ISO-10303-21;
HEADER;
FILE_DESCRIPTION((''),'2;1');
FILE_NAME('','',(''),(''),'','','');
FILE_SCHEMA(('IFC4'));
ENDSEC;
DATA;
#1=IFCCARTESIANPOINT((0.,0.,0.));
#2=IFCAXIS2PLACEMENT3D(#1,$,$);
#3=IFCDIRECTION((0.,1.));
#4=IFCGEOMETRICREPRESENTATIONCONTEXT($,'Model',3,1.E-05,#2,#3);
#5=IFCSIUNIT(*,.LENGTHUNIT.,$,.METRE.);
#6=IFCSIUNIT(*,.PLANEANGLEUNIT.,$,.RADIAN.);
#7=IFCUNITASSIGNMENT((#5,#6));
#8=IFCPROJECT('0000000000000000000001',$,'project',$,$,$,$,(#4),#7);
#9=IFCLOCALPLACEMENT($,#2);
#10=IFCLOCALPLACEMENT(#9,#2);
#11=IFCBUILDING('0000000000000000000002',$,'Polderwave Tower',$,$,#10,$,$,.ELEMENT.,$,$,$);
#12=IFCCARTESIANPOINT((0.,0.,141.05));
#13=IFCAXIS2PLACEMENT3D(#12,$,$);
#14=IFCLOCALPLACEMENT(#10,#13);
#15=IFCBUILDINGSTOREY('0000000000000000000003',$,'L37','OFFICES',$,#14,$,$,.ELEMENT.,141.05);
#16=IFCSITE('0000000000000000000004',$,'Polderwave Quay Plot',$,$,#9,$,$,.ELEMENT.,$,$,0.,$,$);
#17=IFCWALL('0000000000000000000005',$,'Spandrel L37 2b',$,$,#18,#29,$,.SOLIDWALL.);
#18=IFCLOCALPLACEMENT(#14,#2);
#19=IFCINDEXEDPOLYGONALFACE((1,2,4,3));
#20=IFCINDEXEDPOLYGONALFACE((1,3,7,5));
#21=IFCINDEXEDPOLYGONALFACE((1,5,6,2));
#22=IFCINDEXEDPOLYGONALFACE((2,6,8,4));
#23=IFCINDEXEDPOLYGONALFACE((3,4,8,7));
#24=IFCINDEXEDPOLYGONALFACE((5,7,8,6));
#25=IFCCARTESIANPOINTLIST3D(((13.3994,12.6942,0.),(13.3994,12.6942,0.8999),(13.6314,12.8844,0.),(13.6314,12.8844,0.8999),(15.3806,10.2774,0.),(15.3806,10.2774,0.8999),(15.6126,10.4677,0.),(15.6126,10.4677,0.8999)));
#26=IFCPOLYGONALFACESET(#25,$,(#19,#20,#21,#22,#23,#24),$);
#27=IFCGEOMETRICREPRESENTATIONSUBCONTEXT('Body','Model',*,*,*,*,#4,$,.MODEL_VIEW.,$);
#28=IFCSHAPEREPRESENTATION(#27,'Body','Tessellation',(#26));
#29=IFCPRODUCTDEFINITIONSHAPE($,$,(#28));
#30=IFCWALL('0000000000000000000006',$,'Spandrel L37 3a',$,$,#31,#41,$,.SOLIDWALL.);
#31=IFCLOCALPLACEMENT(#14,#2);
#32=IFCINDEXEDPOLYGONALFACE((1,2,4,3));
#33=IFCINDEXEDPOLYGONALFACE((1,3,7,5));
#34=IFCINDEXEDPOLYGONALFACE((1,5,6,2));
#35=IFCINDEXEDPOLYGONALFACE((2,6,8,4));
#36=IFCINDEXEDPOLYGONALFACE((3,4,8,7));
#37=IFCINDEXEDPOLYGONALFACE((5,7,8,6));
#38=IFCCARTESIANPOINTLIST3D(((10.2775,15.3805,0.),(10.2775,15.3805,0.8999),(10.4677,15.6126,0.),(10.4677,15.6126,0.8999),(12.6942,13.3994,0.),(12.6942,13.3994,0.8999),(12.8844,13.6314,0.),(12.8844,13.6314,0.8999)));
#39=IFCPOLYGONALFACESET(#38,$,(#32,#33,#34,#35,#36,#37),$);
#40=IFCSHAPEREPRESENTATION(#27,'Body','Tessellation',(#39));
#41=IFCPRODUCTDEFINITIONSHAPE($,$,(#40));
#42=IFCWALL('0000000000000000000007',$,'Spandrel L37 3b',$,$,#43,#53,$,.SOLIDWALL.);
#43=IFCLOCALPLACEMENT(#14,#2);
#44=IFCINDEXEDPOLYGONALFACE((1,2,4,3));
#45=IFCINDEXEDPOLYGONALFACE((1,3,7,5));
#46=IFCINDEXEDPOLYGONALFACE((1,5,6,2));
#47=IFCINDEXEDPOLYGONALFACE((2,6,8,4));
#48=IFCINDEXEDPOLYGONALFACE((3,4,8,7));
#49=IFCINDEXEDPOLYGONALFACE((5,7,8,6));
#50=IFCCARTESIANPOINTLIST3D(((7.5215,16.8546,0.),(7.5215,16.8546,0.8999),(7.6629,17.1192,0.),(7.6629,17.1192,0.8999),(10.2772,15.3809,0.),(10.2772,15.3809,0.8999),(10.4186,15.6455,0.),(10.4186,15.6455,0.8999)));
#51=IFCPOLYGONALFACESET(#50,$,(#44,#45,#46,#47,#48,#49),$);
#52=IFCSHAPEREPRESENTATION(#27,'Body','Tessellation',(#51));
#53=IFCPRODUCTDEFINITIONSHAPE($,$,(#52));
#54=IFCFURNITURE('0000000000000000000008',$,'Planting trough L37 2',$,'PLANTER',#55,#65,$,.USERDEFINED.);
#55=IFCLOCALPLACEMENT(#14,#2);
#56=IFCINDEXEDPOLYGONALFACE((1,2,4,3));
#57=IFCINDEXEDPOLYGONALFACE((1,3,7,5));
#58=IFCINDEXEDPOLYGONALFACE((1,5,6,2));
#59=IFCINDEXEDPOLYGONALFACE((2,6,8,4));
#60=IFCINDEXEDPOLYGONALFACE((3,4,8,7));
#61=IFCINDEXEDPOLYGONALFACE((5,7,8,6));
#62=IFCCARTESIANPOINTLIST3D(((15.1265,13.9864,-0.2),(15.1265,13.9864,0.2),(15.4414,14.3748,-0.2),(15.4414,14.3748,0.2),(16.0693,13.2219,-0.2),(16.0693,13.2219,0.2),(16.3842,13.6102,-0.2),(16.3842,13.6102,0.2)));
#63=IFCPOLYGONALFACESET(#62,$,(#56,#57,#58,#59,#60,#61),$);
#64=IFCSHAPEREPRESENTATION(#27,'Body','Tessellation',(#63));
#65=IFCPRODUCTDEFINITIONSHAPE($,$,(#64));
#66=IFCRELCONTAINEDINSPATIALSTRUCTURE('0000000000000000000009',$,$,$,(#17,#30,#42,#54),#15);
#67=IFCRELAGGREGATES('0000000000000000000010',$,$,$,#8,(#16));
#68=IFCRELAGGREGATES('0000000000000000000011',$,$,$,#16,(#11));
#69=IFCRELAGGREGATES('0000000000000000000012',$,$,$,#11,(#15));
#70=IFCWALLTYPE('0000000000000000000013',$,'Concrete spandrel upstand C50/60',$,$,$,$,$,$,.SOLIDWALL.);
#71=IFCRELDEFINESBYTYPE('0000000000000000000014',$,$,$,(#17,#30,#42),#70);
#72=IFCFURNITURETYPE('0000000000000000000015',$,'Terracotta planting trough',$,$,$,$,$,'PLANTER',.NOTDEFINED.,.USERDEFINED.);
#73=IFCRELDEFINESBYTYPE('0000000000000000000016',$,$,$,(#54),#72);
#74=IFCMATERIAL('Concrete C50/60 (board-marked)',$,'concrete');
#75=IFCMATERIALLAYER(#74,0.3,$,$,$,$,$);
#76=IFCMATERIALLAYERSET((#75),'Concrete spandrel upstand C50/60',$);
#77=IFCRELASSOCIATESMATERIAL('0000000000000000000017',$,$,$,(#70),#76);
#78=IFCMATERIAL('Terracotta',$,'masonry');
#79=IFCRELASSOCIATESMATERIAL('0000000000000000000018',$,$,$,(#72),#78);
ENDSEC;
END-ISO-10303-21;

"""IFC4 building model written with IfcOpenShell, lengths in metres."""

from ifc_helpers import new_model, si_unit, direction, frame, frame_2d, origin, origin_2d, place, context, subcontext, project, spatial, rectangle, extrude, material, layer, layer_set, type_object, element, save


model = new_model("IFC4")

# Units and contexts
model_context = context("Model", 3, precision=1e-05, world=origin(), true_north=direction((0.0, 1.0)))
body_context = subcontext(model_context, "Body", "Model", "MODEL_VIEW")
ifc_project = project(units=[si_unit("LENGTHUNIT", "METRE"), si_unit("PLANEANGLEUNIT", "RADIAN")], contexts=[model_context])

# Site, building, storey
site_placement = place(None, origin())
site = spatial("IfcSite", under=ifc_project, at=site_placement, Name="Polderwave Quay Plot", CompositionType="ELEMENT", RefElevation=0.0)
building_placement = place(site_placement, origin())
building = spatial("IfcBuilding", under=site, at=building_placement, Name="Polderwave Tower", CompositionType="ELEMENT")
storey_placement = place(building_placement, frame((0.0, 0.0, 141.05)))
storey = spatial("IfcBuildingStorey", under=building, at=storey_placement, Name="L37", Description="OFFICES", CompositionType="ELEMENT", Elevation=141.05)

# Walls
ifc_material_1 = material(Name="Concrete C50/60 (board-marked)", Category="concrete")
ifc_layer_1 = layer(ifc_material_1, 0.3)
ifc_layer_set_1 = layer_set([ifc_layer_1], Name="Concrete spandrel upstand C50/60")
wall_type = type_object("IfcWallType", Name="Concrete spandrel upstand C50/60", PredefinedType="SOLIDWALL", material=ifc_layer_set_1)
for number, where, z_axis, x_axis, name in (
    (1, (15.4966, 10.3726, 0.0), (0.0, 0.0, 1.0), (-0.633978, 0.773351, 0.0), "Spandrel L37 2b"),
    (2, (12.7893, 13.5154, 0.0), (0.0, 0.0, 1.0), (-0.773351, 0.633978, 0.0), "Spandrel L37 3a"),
    (3, (10.3479, 15.5132, 0.0), (0.0, 0.0, 1.0), (-0.881825, 0.471577, 0.0), "Spandrel L37 3b"),
):
    element("IfcWall", number, at=place(storey_placement, frame(where, z_axis=z_axis, x_axis=x_axis)), inside=storey, type_object=wall_type, Name=name, PredefinedType="SOLIDWALL", context=body_context, shape_type="SweptSolid", body=[
        extrude(rectangle(XDim=3.125, YDim=0.3, at=frame_2d((1.5625, 0.0))), origin(), (0.0, 0.0, 1.0), 0.8999),
    ])

# Furniture
ifc_material_2 = material(Name="Terracotta", Category="masonry")
furniture_type = type_object("IfcFurnitureType", Name="Terracotta planting trough", ElementType="PLANTER", AssemblyPlace="NOTDEFINED", PredefinedType="USERDEFINED", material=ifc_material_2)
furniture_placement = place(storey_placement, frame((15.7554, 13.7983, -0.2), z_axis=(0.0, 0.0, 1.0), x_axis=(-0.776711, 0.629857, 0.0)))
element("IfcFurniture", 4, at=furniture_placement, inside=storey, type_object=furniture_type, Name="Planting trough L37 2", ObjectType="PLANTER", PredefinedType="USERDEFINED", context=body_context, shape_type="SweptSolid", body=[
    extrude(rectangle(XDim=1.2139, YDim=0.5, at=origin_2d()), origin(), (0.0, 0.0, 1.0), 0.3999),
])

save(model, "model.ifc")
